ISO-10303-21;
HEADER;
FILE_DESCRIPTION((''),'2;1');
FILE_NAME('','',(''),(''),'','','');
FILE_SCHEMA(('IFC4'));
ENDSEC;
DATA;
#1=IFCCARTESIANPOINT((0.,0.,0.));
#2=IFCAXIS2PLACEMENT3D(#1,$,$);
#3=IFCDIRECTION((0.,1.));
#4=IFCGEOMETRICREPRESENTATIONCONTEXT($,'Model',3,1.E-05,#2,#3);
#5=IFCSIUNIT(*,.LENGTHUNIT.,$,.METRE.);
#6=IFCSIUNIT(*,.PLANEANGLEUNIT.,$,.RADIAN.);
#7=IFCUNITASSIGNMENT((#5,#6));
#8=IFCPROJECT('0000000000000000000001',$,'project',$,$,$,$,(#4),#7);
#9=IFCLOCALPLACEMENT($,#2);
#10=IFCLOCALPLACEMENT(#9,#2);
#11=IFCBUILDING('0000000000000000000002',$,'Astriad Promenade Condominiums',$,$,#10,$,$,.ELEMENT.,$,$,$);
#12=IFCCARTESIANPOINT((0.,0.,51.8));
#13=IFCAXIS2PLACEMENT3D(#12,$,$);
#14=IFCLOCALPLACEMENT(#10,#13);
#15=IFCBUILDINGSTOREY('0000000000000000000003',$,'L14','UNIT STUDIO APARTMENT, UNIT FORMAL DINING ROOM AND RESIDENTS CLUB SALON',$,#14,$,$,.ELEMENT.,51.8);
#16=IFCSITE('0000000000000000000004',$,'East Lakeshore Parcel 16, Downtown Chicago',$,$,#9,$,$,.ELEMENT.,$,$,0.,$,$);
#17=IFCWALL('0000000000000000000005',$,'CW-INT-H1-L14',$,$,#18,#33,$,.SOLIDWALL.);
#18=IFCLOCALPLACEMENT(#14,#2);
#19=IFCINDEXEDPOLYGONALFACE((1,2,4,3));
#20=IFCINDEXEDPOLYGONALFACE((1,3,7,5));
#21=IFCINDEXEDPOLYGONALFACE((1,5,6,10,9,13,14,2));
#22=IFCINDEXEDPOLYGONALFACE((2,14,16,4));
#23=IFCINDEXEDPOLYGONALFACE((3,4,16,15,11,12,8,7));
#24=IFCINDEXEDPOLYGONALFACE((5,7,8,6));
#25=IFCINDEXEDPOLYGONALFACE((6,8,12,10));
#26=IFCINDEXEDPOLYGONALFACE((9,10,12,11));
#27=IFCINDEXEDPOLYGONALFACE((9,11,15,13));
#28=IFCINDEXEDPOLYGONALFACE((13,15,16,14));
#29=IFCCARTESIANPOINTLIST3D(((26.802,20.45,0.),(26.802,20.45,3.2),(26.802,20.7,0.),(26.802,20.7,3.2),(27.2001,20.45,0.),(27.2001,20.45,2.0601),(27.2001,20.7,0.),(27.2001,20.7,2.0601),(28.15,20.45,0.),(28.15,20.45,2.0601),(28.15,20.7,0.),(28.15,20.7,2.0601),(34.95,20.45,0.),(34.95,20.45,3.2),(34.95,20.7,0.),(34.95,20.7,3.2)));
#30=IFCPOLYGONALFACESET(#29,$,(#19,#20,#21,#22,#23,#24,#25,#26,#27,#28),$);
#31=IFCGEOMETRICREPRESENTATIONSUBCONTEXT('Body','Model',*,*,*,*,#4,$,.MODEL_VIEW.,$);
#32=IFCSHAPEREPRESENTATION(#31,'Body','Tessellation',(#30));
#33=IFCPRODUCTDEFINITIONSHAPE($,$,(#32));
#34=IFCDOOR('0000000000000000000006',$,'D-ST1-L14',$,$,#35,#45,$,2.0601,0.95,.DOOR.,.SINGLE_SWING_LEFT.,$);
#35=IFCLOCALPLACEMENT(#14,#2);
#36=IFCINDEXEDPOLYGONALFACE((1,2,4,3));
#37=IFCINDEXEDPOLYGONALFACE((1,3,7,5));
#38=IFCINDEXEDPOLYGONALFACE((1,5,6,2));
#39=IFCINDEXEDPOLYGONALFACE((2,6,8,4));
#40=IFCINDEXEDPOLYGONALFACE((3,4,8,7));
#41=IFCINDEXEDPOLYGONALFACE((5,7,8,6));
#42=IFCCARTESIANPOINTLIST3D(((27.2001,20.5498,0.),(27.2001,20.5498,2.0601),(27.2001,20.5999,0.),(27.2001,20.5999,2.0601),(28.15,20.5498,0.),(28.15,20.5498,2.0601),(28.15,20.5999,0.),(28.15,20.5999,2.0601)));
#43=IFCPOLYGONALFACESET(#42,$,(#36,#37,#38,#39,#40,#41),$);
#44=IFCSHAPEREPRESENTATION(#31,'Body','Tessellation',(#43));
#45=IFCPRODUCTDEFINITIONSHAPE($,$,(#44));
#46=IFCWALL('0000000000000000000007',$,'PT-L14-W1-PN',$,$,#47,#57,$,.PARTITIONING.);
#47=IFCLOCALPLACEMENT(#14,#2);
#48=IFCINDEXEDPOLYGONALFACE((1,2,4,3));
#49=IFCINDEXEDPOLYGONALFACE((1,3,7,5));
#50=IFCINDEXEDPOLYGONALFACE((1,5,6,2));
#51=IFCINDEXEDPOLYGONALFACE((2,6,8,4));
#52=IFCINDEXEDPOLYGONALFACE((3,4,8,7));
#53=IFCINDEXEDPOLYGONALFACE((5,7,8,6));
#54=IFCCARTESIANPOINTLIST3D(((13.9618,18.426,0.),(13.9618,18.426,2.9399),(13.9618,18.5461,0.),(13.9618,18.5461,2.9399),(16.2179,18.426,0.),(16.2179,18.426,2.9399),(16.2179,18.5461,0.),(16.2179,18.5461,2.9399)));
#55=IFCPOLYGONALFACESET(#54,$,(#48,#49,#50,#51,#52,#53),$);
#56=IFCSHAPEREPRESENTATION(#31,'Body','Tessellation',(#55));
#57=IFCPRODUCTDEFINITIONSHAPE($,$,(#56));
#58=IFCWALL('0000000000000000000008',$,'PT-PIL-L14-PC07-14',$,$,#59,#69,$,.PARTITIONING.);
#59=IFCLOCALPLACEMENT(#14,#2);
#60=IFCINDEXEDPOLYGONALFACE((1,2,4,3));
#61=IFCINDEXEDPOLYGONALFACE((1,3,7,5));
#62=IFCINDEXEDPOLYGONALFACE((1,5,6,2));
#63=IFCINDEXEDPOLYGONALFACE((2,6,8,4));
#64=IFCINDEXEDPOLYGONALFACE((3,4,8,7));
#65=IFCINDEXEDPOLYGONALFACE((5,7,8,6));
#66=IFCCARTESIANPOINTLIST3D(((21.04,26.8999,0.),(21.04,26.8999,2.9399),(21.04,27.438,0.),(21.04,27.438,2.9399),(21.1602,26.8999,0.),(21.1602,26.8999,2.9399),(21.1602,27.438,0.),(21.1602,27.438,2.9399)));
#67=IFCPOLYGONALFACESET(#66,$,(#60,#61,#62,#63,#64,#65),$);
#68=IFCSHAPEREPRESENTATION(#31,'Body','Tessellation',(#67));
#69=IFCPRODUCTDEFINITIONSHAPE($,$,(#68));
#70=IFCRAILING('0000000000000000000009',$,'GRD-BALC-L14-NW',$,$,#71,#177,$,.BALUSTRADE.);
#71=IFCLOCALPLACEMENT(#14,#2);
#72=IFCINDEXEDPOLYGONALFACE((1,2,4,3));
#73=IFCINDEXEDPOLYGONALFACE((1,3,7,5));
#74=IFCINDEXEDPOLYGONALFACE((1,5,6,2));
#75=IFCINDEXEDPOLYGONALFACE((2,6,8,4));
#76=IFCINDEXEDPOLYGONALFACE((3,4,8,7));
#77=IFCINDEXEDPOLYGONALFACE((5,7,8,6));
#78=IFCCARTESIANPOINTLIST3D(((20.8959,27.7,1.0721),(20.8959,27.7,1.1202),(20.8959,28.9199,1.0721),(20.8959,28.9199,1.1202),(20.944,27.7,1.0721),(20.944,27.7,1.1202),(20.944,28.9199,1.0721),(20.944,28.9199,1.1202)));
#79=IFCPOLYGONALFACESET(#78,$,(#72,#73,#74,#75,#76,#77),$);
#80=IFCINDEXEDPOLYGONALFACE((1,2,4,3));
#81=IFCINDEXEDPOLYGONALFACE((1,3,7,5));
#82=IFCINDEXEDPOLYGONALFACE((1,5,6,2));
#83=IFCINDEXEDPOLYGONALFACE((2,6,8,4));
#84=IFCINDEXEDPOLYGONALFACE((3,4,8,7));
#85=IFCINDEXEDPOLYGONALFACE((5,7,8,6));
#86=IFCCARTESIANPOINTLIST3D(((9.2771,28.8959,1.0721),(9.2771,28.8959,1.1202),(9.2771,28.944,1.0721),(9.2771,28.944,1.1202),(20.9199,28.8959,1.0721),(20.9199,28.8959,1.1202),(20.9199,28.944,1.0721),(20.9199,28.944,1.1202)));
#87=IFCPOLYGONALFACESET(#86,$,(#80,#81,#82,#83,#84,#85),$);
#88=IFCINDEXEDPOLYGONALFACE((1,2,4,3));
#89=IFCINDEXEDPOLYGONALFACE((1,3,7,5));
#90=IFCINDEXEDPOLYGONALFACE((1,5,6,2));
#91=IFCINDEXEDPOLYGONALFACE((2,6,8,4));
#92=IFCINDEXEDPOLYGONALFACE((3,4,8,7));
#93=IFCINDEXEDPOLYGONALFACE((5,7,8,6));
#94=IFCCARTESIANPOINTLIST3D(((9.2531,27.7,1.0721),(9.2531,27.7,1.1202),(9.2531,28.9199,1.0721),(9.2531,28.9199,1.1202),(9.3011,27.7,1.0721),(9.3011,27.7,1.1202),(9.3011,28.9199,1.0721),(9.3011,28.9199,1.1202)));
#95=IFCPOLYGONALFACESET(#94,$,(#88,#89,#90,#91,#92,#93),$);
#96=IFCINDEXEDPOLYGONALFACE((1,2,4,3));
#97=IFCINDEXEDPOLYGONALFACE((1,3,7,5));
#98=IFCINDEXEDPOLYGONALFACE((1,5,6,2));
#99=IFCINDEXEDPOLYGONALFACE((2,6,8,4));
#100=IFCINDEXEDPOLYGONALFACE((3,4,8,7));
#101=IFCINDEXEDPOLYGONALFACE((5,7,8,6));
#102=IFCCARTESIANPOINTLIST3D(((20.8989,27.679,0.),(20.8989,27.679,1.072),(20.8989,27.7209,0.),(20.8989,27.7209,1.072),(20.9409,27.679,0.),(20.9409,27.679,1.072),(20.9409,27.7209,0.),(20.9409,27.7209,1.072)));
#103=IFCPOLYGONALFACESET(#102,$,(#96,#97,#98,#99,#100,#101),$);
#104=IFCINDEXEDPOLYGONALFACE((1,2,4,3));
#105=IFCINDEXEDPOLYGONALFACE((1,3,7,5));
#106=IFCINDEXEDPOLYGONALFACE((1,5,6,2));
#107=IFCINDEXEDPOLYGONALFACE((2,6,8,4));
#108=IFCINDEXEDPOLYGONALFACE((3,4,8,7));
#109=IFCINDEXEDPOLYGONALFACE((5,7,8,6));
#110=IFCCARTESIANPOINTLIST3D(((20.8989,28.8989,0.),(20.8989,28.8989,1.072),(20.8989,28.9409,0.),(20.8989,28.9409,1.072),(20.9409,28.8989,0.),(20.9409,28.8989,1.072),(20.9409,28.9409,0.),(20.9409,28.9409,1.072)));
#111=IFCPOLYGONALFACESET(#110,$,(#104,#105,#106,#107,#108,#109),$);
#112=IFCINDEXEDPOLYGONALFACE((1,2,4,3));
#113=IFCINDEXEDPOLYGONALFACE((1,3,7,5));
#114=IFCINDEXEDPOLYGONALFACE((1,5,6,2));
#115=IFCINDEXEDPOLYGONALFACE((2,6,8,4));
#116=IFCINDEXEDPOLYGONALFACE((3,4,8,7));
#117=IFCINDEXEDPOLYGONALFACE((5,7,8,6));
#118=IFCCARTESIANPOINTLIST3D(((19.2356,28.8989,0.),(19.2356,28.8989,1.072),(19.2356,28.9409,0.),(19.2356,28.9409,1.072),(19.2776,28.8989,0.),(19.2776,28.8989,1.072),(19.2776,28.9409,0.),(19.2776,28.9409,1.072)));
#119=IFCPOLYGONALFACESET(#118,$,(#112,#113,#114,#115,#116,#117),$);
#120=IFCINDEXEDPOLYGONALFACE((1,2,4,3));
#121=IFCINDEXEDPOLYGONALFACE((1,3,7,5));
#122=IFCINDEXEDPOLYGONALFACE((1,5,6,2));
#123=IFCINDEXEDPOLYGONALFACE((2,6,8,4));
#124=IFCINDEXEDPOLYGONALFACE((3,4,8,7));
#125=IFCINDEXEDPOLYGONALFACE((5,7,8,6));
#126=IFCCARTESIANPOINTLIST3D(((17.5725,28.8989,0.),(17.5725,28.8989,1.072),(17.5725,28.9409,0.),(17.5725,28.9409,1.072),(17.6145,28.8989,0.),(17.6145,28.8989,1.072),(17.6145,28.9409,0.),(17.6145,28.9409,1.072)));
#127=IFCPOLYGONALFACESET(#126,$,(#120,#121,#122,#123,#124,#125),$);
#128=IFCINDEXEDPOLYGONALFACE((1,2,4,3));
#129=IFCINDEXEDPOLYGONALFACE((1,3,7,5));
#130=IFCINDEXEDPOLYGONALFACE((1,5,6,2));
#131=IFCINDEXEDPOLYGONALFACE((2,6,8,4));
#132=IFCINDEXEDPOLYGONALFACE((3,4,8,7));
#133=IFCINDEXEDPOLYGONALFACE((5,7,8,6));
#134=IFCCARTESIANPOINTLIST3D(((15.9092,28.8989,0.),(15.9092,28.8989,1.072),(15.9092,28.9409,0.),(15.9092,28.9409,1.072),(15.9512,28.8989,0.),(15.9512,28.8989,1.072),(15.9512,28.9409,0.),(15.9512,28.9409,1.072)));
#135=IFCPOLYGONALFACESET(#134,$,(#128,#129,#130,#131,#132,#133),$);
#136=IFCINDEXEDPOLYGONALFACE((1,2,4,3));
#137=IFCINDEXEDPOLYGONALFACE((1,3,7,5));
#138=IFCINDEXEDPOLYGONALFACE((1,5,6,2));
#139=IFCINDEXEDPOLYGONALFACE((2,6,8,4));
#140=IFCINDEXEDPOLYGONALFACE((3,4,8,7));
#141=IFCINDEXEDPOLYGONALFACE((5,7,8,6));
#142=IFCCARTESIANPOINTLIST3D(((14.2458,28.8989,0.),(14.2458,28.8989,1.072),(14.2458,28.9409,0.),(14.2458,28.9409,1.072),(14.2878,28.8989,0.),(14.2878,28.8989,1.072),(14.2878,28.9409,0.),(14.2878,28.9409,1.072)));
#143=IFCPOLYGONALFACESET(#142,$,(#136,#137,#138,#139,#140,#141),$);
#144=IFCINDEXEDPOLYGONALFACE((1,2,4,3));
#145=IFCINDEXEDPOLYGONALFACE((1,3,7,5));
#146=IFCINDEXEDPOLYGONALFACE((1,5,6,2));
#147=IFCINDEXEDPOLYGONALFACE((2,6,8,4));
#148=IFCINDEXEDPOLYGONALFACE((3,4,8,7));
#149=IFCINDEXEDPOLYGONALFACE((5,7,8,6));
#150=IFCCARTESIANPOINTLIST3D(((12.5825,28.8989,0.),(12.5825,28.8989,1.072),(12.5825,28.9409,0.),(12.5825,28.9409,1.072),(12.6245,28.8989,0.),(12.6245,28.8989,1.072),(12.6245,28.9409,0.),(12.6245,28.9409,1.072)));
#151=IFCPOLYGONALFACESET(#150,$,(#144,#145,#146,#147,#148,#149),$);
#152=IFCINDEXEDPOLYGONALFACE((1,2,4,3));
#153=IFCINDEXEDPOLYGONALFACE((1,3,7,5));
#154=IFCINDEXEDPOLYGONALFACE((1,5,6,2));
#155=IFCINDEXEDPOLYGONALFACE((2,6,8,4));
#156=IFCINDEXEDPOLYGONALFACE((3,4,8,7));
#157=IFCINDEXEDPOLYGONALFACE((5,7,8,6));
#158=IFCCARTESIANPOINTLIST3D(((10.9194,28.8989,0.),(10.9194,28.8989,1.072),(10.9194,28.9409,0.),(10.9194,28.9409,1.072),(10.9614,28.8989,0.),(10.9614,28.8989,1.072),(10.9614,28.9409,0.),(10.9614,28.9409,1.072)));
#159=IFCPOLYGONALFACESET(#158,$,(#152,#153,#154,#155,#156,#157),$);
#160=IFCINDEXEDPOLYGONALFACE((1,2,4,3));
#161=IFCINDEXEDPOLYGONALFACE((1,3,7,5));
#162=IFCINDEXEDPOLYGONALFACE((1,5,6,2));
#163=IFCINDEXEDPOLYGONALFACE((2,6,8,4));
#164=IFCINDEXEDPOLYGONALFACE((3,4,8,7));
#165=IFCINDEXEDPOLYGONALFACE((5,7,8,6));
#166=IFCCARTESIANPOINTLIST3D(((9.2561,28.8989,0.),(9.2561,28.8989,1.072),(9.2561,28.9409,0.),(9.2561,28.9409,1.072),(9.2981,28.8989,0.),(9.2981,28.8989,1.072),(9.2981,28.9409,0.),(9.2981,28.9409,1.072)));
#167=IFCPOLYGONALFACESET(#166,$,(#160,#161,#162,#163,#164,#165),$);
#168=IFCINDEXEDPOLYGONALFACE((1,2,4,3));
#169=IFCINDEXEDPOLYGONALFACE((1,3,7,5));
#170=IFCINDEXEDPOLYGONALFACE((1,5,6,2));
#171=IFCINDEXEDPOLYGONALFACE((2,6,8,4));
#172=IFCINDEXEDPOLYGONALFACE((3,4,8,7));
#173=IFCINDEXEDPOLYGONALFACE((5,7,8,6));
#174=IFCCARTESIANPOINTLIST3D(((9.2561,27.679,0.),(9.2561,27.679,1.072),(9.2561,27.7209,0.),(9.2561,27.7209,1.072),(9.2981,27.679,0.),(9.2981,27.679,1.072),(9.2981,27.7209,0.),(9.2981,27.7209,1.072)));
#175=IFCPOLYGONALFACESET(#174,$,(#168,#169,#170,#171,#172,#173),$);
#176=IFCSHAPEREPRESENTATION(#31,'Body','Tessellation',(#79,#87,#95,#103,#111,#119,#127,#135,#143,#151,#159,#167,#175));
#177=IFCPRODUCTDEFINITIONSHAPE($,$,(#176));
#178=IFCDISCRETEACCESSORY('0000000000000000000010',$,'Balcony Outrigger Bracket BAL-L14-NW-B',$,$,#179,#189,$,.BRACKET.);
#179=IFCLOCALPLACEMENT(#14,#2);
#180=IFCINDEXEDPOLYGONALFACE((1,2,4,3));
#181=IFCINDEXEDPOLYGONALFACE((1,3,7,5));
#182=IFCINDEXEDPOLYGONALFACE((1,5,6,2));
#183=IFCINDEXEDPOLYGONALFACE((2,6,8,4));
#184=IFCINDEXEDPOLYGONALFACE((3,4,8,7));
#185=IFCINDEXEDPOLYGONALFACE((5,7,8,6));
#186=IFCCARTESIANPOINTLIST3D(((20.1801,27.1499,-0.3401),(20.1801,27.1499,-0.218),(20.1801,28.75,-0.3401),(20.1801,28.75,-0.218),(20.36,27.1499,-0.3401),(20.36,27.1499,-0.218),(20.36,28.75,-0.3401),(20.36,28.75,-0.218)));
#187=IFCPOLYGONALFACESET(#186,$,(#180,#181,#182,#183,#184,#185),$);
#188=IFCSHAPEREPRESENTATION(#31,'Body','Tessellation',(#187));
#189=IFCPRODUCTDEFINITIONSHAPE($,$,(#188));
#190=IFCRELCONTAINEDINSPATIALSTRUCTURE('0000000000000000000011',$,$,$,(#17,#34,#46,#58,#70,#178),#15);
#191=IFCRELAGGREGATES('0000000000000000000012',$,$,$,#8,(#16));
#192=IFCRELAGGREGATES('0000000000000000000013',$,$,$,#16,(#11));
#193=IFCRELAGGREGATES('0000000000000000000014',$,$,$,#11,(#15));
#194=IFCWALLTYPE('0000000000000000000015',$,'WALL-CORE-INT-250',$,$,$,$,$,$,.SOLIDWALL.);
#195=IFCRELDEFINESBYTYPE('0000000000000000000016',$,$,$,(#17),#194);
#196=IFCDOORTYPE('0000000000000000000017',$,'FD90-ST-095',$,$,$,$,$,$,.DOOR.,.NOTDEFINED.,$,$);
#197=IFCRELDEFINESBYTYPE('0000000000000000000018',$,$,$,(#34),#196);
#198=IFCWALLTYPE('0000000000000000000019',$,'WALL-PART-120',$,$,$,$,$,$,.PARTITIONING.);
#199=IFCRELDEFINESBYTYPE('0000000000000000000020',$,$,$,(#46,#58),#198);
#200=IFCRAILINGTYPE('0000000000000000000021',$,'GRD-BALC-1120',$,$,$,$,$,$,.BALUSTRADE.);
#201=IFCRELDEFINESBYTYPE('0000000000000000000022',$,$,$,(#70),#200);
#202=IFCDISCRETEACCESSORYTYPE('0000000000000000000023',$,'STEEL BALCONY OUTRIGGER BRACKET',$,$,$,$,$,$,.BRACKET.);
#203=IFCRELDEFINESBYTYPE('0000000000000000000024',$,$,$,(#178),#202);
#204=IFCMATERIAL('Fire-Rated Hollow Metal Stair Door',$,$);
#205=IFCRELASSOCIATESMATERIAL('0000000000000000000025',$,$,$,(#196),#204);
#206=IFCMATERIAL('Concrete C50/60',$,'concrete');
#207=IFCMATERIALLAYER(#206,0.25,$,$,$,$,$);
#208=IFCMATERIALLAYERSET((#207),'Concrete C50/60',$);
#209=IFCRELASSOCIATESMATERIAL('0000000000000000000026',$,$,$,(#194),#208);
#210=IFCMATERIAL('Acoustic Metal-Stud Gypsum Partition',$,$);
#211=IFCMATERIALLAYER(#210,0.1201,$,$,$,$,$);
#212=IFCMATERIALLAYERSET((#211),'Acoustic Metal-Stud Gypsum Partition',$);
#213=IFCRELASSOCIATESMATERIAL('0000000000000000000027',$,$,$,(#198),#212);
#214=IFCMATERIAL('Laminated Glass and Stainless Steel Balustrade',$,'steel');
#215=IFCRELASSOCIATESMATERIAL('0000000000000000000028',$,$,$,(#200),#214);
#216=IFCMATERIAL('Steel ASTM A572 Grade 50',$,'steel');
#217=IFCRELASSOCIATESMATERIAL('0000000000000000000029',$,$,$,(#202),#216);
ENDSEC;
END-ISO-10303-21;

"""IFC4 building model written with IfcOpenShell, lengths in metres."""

from ifc_helpers import new_model, si_unit, direction, frame, frame_2d, origin, origin_2d, place, context, subcontext, project, spatial, rectangle, extrude, source, transform, mapped, material, layer, layer_set, type_object, type_shapes, element, fill, save


model = new_model("IFC4")

# Units and contexts
model_context = context("Model", 3, precision=1e-05, world=origin(), true_north=direction((0.0, 1.0)))
body_context = subcontext(model_context, "Body", "Model", "MODEL_VIEW")
ifc_project = project(units=[si_unit("LENGTHUNIT", "METRE"), si_unit("PLANEANGLEUNIT", "RADIAN")], contexts=[model_context])

# Site, building, storey
site_placement = place(None, origin())
site = spatial("IfcSite", under=ifc_project, at=site_placement, Name="East Lakeshore Parcel 16, Downtown Chicago", CompositionType="ELEMENT", RefElevation=0.0)
building_placement = place(site_placement, origin())
building = spatial("IfcBuilding", under=site, at=building_placement, Name="Astriad Promenade Condominiums", CompositionType="ELEMENT")
storey_placement = place(building_placement, frame((0.0, 0.0, 51.8)))
storey = spatial("IfcBuildingStorey", under=building, at=storey_placement, Name="L14", Description="UNIT STUDIO APARTMENT, UNIT FORMAL DINING ROOM AND RESIDENTS CLUB SALON", CompositionType="ELEMENT", Elevation=51.8)

# Shared definitions
ifc_material_1 = material(Name="Fire-Rated Hollow Metal Stair Door")
door_type_1 = type_object("IfcDoorType", Name="FD90-ST-095", OperationType="NOTDEFINED", PredefinedType="DOOR", material=ifc_material_1)
shared_shape_1 = source(origin(), body_context, "Body", "SweptSolid", [
    extrude(rectangle(XDim=0.95, YDim=2.0601, at=frame_2d((0.4751, 1.03))), frame((0.0, 0.0249, 0.0), z_axis=(0.0, -1.0, 0.0), x_axis=(1.0, 0.0, 0.0)), (0.0, 0.0, 1.0), 0.05),
])
type_shapes(door_type_1, [shared_shape_1])

# Wall, opening, door
ifc_material_2 = material(Name="Concrete C50/60", Category="concrete")
ifc_layer_1 = layer(ifc_material_2, 0.25)
ifc_layer_set_1 = layer_set([ifc_layer_1], Name="Concrete C50/60")
wall_type_1 = type_object("IfcWallType", Name="WALL-CORE-INT-250", PredefinedType="SOLIDWALL", material=ifc_layer_set_1)
wall_1_placement = place(storey_placement, frame((26.802, 20.575, 0.0), z_axis=(0.0, 0.0, 1.0), x_axis=(1.0, 0.0, 0.0)))
wall_1 = element("IfcWall", 1, at=wall_1_placement, inside=storey, type_object=wall_type_1, Name="CW-INT-H1-L14", PredefinedType="SOLIDWALL", context=body_context, shape_type="SweptSolid", body=[
    extrude(rectangle(XDim=8.1479, YDim=0.25, at=frame_2d((4.074, 0.0))), origin(), (0.0, 0.0, 1.0), 3.2),
])
opening_1_placement = place(wall_1_placement, frame((0.3979, 0.0, 0.0)))
opening_1 = element("IfcOpeningElement", 2, at=opening_1_placement, cuts=wall_1, PredefinedType="OPENING", context=body_context, shape_type="SweptSolid", body=[
    extrude(rectangle(XDim=0.95, YDim=2.0601, at=frame_2d((0.4751, 1.03))), frame((0.0, 0.135, 0.0), z_axis=(0.0, -1.0, 0.0), x_axis=(1.0, 0.0, 0.0)), (0.0, 0.0, 1.0), 0.27),
])
door_1_placement = place(opening_1_placement, origin())
door_1 = element("IfcDoor", 3, at=door_1_placement, inside=storey, type_object=door_type_1, Name="D-ST1-L14", OperationType="SINGLE_SWING_LEFT", OverallHeight=2.0601, OverallWidth=0.95, PredefinedType="DOOR", context=body_context, shape_type="MappedRepresentation", body=[
    mapped(shared_shape_1, transform((0.0, 0.0, 0.0), scale=1.0)),
])
fill(opening_1, door_1)

# Walls
ifc_material_3 = material(Name="Acoustic Metal-Stud Gypsum Partition")
ifc_layer_2 = layer(ifc_material_3, 0.1201)
ifc_layer_set_2 = layer_set([ifc_layer_2], Name="Acoustic Metal-Stud Gypsum Partition")
wall_type_2 = type_object("IfcWallType", Name="WALL-PART-120", PredefinedType="PARTITIONING", material=ifc_layer_set_2)
wall_2_placement = place(storey_placement, frame((13.9619, 18.4861, 0.0), z_axis=(0.0, 0.0, 1.0), x_axis=(1.0, 0.0, 0.0)))
element("IfcWall", 4, at=wall_2_placement, inside=storey, type_object=wall_type_2, Name="PT-L14-W1-PN", PredefinedType="PARTITIONING", context=body_context, shape_type="SweptSolid", body=[
    extrude(rectangle(XDim=2.2561, YDim=0.1201, at=frame_2d((1.1279, 0.0))), origin(), (0.0, 0.0, 1.0), 2.9399),
])
wall_3_placement = place(storey_placement, frame((21.1001, 26.8999, 0.0), z_axis=(0.0, 0.0, 1.0), x_axis=(0.0, 1.0, 0.0)))
element("IfcWall", 5, at=wall_3_placement, inside=storey, type_object=wall_type_2, Name="PT-PIL-L14-PC07-14", PredefinedType="PARTITIONING", context=body_context, shape_type="SweptSolid", body=[
    extrude(rectangle(XDim=0.5381, YDim=0.1201, at=frame_2d((0.269, 0.0))), origin(), (0.0, 0.0, 1.0), 2.9399),
])

# Railing
ifc_material_4 = material(Name="Laminated Glass and Stainless Steel Balustrade", Category="steel")
railing_type = type_object("IfcRailingType", Name="GRD-BALC-1120", PredefinedType="BALUSTRADE", material=ifc_material_4)
shared_shape_2 = source(origin(), body_context, "Body", "SweptSolid", [
    extrude(rectangle(XDim=0.0481, YDim=0.0481, at=origin_2d()), frame((0.0, 0.0, 1.0962), z_axis=(0.0, 1.0, 0.0), x_axis=(-1.0, 0.0, 0.0)), (0.0, 0.0, 1.0), 1.22),
    extrude(rectangle(XDim=0.0481, YDim=0.0481, at=origin_2d()), frame((0.0, 1.22, 1.0962), z_axis=(-1.0, 0.0, 0.0), x_axis=(0.0, -1.0, 0.0)), (0.0, 0.0, 1.0), 11.6428),
    extrude(rectangle(XDim=0.0481, YDim=0.0481, at=origin_2d()), frame((-11.6428, 1.22, 1.0962), z_axis=(0.0, -1.0, 0.0), x_axis=(1.0, 0.0, 0.0)), (0.0, 0.0, 1.0), 1.22),
    extrude(rectangle(XDim=0.042, YDim=0.042, at=origin_2d()), origin(), (0.0, 0.0, 1.0), 1.072),
    extrude(rectangle(XDim=0.042, YDim=0.042, at=origin_2d()), frame((0.0, 1.22, 0.0)), (0.0, 0.0, 1.0), 1.072),
    extrude(rectangle(XDim=0.042, YDim=0.042, at=origin_2d()), frame((-1.6633, 1.22, 0.0)), (0.0, 0.0, 1.0), 1.072),
    extrude(rectangle(XDim=0.042, YDim=0.042, at=origin_2d()), frame((-3.3264, 1.22, 0.0)), (0.0, 0.0, 1.0), 1.072),
    extrude(rectangle(XDim=0.042, YDim=0.042, at=origin_2d()), frame((-4.9897, 1.22, 0.0)), (0.0, 0.0, 1.0), 1.072),
    extrude(rectangle(XDim=0.042, YDim=0.042, at=origin_2d()), frame((-6.6531, 1.22, 0.0)), (0.0, 0.0, 1.0), 1.072),
    extrude(rectangle(XDim=0.042, YDim=0.042, at=origin_2d()), frame((-8.3164, 1.22, 0.0)), (0.0, 0.0, 1.0), 1.072),
    extrude(rectangle(XDim=0.042, YDim=0.042, at=origin_2d()), frame((-9.9795, 1.22, 0.0)), (0.0, 0.0, 1.0), 1.072),
    extrude(rectangle(XDim=0.042, YDim=0.042, at=origin_2d()), frame((-11.6428, 1.22, 0.0)), (0.0, 0.0, 1.0), 1.072),
    extrude(rectangle(XDim=0.042, YDim=0.042, at=origin_2d()), frame((-11.6428, 0.0, 0.0)), (0.0, 0.0, 1.0), 1.072),
])
type_shapes(railing_type, [shared_shape_2])
railing_placement = place(storey_placement, frame((20.9199, 27.7, 0.0)))
element("IfcRailing", 6, at=railing_placement, inside=storey, type_object=railing_type, Name="GRD-BALC-L14-NW", PredefinedType="BALUSTRADE", context=body_context, shape_type="MappedRepresentation", body=[
    mapped(shared_shape_2, transform((0.0, 0.0, 0.0), scale=1.0)),
])

# Discrete accessory
ifc_material_5 = material(Name="Steel ASTM A572 Grade 50", Category="steel")
discrete_accessory_type = type_object("IfcDiscreteAccessoryType", Name="STEEL BALCONY OUTRIGGER BRACKET", PredefinedType="BRACKET", material=ifc_material_5)
shared_shape_3 = source(origin(), body_context, "Body", "SweptSolid", [
    extrude(rectangle(XDim=1.6001, YDim=0.1799, at=origin_2d()), origin(), (0.0, 0.0, 1.0), 0.1221),
])
type_shapes(discrete_accessory_type, [shared_shape_3])
discrete_accessory_placement = place(storey_placement, frame((20.27, 27.95, -0.3401), z_axis=(0.0, 0.0, 1.0), x_axis=(0.0, 1.0, 0.0)))
element("IfcDiscreteAccessory", 7, at=discrete_accessory_placement, inside=storey, type_object=discrete_accessory_type, Name="Balcony Outrigger Bracket BAL-L14-NW-B", PredefinedType="BRACKET", context=body_context, shape_type="MappedRepresentation", body=[
    mapped(shared_shape_3, transform((0.0, 0.0, 0.0), scale=1.0)),
])

save(model, "model.ifc")
